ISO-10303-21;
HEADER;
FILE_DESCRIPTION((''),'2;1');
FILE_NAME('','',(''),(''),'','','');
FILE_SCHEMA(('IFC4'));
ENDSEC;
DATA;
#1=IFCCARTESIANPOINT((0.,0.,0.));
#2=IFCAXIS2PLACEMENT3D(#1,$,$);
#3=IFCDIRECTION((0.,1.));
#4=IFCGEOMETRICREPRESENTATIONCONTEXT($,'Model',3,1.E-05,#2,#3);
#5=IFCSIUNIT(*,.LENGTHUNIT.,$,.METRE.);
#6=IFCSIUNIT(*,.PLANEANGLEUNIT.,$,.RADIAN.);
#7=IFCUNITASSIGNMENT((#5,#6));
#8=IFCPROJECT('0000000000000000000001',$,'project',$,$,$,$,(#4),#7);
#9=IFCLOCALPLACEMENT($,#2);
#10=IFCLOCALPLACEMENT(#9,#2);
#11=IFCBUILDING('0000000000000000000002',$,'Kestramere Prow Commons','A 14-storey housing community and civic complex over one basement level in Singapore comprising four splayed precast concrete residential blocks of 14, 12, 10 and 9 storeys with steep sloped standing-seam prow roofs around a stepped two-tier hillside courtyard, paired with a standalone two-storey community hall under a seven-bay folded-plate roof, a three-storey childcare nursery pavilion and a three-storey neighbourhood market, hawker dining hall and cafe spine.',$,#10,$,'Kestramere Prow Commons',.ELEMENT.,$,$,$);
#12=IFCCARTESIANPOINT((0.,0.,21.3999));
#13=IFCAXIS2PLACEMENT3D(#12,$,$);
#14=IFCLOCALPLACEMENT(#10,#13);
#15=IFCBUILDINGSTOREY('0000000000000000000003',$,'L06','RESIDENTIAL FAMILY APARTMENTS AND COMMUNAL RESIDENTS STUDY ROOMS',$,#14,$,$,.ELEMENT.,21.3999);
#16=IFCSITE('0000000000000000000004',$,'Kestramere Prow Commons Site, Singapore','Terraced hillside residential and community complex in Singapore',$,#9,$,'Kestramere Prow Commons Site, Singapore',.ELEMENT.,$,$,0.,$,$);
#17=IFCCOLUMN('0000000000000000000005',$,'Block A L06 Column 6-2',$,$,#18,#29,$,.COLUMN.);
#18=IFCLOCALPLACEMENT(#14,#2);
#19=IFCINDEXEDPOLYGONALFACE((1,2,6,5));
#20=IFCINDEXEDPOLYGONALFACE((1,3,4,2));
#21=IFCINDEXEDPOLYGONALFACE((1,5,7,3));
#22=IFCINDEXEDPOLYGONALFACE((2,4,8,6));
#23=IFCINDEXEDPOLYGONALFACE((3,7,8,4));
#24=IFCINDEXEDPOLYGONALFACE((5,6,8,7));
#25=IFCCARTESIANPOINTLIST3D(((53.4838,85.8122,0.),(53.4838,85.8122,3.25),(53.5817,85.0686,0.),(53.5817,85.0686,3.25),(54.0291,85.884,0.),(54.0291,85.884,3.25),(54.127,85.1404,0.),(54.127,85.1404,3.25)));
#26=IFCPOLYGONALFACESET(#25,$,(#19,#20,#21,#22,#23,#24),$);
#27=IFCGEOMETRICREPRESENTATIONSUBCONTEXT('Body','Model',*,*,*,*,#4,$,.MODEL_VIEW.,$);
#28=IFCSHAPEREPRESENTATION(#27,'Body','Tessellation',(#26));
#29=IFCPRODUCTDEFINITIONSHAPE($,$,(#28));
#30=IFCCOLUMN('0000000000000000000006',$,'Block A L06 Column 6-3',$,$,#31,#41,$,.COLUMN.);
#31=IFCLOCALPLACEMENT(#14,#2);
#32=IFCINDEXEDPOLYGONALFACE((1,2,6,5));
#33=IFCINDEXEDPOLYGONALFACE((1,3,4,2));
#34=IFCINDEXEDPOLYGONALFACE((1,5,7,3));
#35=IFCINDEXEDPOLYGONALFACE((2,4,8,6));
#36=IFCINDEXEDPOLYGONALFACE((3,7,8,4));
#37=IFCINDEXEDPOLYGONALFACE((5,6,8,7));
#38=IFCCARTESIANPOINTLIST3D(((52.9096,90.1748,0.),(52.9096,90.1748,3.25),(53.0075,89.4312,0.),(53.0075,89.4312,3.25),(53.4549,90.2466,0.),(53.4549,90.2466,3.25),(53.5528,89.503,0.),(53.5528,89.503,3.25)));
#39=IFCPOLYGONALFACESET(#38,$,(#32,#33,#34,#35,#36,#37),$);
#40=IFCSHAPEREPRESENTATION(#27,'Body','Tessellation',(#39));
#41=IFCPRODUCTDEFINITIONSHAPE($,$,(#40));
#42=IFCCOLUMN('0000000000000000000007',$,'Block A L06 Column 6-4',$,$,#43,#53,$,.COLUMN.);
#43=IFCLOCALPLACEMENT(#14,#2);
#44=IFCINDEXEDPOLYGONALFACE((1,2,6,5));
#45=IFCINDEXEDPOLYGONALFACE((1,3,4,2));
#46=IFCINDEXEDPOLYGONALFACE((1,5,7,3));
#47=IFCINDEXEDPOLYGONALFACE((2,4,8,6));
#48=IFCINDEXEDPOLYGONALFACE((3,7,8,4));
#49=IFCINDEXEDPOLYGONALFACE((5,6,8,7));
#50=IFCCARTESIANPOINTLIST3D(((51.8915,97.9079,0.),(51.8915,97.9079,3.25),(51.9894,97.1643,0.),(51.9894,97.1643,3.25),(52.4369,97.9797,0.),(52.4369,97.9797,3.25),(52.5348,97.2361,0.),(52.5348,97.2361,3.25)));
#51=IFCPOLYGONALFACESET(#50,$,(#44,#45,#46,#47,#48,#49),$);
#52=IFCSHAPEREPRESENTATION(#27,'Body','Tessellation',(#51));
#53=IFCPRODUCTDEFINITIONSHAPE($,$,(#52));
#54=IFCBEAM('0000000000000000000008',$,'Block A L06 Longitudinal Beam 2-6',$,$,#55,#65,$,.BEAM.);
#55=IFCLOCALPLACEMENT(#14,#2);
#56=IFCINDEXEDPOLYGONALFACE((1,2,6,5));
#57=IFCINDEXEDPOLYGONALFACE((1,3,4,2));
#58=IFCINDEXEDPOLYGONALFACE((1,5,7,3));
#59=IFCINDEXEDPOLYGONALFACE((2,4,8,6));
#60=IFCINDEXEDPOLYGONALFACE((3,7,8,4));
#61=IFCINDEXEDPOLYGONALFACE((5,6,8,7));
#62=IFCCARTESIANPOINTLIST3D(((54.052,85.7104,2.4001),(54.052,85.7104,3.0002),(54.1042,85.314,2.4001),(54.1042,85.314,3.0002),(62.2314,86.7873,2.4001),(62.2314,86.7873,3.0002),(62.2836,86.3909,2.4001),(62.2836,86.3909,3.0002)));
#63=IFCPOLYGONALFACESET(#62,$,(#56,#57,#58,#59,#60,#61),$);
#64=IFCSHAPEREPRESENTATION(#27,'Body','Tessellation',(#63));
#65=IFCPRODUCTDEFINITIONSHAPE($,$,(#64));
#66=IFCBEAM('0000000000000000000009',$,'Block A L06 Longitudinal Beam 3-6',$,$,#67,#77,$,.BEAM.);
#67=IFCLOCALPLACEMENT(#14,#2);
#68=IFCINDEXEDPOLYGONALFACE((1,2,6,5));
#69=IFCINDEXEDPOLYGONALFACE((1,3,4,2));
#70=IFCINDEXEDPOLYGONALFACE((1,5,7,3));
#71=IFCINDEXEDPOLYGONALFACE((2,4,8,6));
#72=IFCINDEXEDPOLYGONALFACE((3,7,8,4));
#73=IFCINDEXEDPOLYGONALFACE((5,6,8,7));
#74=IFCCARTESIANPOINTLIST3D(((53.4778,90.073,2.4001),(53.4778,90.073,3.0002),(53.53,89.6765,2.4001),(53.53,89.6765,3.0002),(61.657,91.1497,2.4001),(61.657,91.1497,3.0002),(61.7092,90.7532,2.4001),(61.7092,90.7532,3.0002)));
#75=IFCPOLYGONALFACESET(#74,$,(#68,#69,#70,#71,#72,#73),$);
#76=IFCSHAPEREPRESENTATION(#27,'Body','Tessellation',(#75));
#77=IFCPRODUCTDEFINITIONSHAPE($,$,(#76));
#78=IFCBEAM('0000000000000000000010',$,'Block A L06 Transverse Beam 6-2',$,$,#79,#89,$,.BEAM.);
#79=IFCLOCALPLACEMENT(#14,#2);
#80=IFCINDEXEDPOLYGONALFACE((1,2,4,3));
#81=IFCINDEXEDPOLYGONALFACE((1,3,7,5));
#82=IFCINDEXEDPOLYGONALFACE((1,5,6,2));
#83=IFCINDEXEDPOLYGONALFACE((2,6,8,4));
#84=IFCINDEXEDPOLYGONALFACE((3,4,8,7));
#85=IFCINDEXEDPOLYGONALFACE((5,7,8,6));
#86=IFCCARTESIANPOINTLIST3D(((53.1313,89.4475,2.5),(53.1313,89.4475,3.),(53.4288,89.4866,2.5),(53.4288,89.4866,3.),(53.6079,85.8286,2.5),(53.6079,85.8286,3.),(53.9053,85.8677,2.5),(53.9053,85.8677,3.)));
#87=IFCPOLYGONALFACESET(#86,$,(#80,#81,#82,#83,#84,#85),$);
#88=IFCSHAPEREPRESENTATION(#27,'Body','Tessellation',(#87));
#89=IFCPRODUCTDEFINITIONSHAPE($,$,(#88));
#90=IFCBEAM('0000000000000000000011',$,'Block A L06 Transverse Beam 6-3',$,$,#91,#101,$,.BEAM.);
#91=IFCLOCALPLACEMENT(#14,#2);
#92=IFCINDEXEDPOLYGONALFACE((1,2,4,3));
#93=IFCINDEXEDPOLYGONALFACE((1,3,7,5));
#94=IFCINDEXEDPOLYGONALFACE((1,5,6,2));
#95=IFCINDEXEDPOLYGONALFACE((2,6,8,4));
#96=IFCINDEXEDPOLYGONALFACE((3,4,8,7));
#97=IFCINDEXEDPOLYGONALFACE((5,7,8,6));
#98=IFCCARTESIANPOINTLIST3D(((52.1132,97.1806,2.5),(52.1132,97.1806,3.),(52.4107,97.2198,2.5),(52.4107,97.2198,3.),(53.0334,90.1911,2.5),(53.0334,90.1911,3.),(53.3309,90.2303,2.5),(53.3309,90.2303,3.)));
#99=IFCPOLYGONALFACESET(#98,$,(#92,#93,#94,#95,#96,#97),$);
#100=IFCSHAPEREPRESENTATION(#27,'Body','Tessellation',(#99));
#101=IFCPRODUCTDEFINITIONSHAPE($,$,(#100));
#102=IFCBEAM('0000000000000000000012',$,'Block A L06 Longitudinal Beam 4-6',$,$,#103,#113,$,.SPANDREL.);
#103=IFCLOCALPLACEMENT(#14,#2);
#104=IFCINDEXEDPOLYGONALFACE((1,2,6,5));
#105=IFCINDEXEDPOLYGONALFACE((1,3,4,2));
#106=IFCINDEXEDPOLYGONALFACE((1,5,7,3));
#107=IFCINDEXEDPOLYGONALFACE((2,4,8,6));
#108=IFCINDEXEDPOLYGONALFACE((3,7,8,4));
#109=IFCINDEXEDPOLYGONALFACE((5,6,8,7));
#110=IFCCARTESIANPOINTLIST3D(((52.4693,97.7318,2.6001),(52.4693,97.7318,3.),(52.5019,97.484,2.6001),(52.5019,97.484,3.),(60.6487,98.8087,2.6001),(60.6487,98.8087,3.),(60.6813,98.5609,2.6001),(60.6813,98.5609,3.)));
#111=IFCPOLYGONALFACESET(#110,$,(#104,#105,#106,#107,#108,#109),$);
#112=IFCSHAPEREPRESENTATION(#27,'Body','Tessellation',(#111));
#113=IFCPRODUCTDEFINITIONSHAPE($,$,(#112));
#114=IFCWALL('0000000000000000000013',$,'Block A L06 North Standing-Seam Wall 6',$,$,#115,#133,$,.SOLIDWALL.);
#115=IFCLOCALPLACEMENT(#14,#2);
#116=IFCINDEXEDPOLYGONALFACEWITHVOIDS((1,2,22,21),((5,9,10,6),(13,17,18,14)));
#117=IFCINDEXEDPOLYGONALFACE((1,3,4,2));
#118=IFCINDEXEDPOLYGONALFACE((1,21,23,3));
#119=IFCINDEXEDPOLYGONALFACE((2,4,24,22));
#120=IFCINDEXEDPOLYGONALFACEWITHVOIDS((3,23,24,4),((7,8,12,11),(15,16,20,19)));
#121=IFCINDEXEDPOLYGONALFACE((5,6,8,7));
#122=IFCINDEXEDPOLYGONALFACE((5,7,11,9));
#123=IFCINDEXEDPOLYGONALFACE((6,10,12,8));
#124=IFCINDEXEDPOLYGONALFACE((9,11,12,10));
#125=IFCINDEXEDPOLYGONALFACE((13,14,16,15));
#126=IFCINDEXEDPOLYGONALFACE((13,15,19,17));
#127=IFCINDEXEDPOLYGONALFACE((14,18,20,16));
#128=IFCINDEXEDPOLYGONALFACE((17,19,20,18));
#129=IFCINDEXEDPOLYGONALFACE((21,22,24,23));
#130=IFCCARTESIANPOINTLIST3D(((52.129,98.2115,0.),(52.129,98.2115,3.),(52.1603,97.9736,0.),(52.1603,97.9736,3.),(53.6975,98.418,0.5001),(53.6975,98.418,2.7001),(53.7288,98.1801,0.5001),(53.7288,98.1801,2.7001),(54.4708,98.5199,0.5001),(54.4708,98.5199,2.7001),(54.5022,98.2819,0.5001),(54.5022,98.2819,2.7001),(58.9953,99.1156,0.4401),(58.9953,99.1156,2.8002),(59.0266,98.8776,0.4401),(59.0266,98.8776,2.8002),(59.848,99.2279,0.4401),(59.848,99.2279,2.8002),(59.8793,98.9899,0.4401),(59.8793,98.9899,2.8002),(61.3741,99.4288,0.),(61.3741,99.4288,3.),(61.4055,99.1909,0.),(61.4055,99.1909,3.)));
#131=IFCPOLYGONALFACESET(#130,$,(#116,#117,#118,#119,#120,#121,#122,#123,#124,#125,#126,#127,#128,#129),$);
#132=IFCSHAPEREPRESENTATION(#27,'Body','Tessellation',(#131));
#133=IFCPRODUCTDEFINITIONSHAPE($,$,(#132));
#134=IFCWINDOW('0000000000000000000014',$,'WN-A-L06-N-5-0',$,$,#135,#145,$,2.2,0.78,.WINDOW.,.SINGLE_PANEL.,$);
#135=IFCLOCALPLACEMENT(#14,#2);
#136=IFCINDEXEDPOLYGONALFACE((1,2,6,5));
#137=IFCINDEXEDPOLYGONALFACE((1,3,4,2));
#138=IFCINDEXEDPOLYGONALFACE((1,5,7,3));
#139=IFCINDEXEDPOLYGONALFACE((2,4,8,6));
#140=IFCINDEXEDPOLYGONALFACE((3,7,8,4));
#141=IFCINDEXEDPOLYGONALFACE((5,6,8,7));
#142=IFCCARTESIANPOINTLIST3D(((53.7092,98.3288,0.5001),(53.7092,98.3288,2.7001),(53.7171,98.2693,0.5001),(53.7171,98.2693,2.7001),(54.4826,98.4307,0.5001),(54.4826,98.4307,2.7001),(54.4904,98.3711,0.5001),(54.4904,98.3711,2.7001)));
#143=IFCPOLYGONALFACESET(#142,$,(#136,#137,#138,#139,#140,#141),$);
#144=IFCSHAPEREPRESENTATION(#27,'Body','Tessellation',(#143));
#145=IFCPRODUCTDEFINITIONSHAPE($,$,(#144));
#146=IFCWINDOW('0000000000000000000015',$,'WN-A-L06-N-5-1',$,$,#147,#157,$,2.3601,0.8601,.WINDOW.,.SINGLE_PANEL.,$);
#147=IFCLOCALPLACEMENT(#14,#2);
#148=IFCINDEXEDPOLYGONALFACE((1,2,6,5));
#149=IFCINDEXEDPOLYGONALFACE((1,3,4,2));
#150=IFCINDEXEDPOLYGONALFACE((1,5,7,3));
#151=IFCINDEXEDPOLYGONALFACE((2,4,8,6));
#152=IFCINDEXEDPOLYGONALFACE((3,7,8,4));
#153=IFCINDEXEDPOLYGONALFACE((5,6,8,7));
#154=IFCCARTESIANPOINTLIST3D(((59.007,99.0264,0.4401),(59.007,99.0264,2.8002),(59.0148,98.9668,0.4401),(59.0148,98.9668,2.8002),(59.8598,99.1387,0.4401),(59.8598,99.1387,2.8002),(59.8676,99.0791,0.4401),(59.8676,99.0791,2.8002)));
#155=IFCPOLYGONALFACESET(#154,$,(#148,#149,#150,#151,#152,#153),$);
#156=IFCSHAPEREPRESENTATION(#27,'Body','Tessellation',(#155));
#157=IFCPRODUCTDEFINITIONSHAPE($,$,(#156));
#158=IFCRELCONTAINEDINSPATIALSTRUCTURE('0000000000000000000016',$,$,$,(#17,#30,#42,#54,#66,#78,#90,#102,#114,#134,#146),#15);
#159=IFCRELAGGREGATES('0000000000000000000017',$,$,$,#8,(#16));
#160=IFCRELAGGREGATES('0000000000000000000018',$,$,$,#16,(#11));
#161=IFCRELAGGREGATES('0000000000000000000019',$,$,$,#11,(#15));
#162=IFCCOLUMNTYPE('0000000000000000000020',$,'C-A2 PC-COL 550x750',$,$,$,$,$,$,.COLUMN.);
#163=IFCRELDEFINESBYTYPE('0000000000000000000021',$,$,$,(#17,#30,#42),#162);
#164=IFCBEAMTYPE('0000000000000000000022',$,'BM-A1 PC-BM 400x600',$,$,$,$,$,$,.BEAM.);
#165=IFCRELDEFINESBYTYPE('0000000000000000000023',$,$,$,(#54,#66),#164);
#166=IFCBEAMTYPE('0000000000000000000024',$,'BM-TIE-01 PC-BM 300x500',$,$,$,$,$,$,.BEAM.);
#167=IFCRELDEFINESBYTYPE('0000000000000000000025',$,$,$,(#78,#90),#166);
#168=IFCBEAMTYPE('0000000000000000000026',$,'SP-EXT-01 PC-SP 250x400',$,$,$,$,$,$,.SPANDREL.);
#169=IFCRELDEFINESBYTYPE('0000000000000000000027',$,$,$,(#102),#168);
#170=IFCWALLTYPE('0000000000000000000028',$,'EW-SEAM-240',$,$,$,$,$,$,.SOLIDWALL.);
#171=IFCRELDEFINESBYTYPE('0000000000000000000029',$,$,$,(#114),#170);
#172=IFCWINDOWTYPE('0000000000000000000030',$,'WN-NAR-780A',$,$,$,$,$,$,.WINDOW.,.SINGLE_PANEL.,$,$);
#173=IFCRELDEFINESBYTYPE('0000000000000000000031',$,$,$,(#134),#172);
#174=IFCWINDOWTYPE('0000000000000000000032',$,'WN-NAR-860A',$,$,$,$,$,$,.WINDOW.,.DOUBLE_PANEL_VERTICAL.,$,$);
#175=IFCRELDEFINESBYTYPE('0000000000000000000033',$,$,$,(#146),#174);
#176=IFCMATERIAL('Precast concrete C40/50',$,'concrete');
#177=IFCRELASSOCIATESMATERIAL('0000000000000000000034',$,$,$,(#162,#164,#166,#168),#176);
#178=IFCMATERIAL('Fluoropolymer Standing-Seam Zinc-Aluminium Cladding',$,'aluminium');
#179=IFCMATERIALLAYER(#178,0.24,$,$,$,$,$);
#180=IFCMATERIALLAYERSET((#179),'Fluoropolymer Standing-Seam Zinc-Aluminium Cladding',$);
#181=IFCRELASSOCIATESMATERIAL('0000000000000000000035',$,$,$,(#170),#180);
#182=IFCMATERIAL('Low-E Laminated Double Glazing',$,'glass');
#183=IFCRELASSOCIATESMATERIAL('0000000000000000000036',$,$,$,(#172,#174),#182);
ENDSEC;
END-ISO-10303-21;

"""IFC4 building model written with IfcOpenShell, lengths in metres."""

from ifc_helpers import new_model, si_unit, direction, frame, frame_2d, origin, origin_2d, place, context, subcontext, project, spatial, rectangle, extrude, material, layer, layer_set, material_profile, profile_set, type_object, element, fill, save


model = new_model("IFC4")

# Units and contexts
model_context = context("Model", 3, precision=1e-05, world=origin(), true_north=direction((0.0, 1.0)))
body_context = subcontext(model_context, "Body", "Model", "MODEL_VIEW")
ifc_project = project(units=[si_unit("LENGTHUNIT", "METRE"), si_unit("PLANEANGLEUNIT", "RADIAN")], contexts=[model_context])

# Site, building, storey
site_placement = place(None, origin())
site = spatial("IfcSite", under=ifc_project, at=site_placement, Name="Kestramere Prow Commons Site, Singapore", Description="Terraced hillside residential and community complex in Singapore", LongName="Kestramere Prow Commons Site, Singapore", CompositionType="ELEMENT", RefElevation=0.0)
building_placement = place(site_placement, origin())
building = spatial("IfcBuilding", under=site, at=building_placement, Name="Kestramere Prow Commons", Description="A 14-storey housing community and civic complex over one basement level in Singapore comprising four splayed precast concrete residential blocks of 14, 12, 10 and 9 storeys with steep sloped standing-seam prow roofs around a stepped two-tier hillside courtyard, paired with a standalone two-storey community hall under a seven-bay folded-plate roof, a three-storey childcare nursery pavilion and a three-storey neighbourhood market, hawker dining hall and cafe spine.", LongName="Kestramere Prow Commons", CompositionType="ELEMENT")
storey_placement = place(building_placement, frame((0.0, 0.0, 21.3999)))
storey = spatial("IfcBuildingStorey", under=building, at=storey_placement, Name="L06", Description="RESIDENTIAL FAMILY APARTMENTS AND COMMUNAL RESIDENTS STUDY ROOMS", CompositionType="ELEMENT", Elevation=21.3999)

# Columns
ifc_material_1 = material(Name="Precast concrete C40/50", Category="concrete")
ifc_material_profile_1 = material_profile(ifc_material_1, rectangle(XDim=0.55, YDim=0.75, at=origin_2d()), Name="PC-COL 550x750")
ifc_profile_set_1 = profile_set([ifc_material_profile_1], Name="Precast concrete C40/50")
column_type = type_object("IfcColumnType", Name="C-A2 PC-COL 550x750", PredefinedType="COLUMN", material=ifc_profile_set_1)
for number, where, z_axis, x_axis, name in (
    (1, (53.8054, 85.4763, 0.0), (0.0, 0.0, 1.0), (0.991445, 0.130526, 0.0), "Block A L06 Column 6-2"),
    (2, (53.2312, 89.8389, 0.0), (0.0, 0.0, 1.0), (0.991445, 0.130526, 0.0), "Block A L06 Column 6-3"),
    (3, (52.2131, 97.572, 0.0), (0.0, 0.0, 1.0), (0.991445, 0.130526, 0.0), "Block A L06 Column 6-4"),
):
    element("IfcColumn", number, at=place(storey_placement, frame(where, z_axis=z_axis, x_axis=x_axis)), inside=storey, type_object=column_type, Name=name, PredefinedType="COLUMN", context=body_context, shape_type="SweptSolid", body=[
        extrude(rectangle(XDim=0.55, YDim=0.75, at=origin_2d()), origin(), (0.0, 0.0, 1.0), 3.25),
    ])

# Beams
ifc_material_profile_2 = material_profile(ifc_material_1, rectangle(XDim=0.3999, YDim=0.6001, at=origin_2d()), Name="PC-BM 400x600")
ifc_profile_set_2 = profile_set([ifc_material_profile_2], Name="Precast concrete C40/50")
beam_type_1 = type_object("IfcBeamType", Name="BM-A1 PC-BM 400x600", PredefinedType="BEAM", material=ifc_profile_set_2)
beam_1_placement = place(storey_placement, frame((54.0781, 85.5122, 2.7002), z_axis=(0.991444, 0.130533, 0.0), x_axis=(-0.130533, 0.991444, 0.0)))
element("IfcBeam", 4, at=beam_1_placement, inside=storey, type_object=beam_type_1, Name="Block A L06 Longitudinal Beam 2-6", PredefinedType="BEAM", context=body_context, shape_type="SweptSolid", body=[
    extrude(rectangle(XDim=0.3999, YDim=0.6001, at=origin_2d()), origin(), (0.0, 0.0, 1.0), 8.25),
])
beam_2_placement = place(storey_placement, frame((53.5039, 89.8748, 2.7002), z_axis=(0.991447, 0.130508, 0.0), x_axis=(-0.130508, 0.991447, 0.0)))
element("IfcBeam", 5, at=beam_2_placement, inside=storey, type_object=beam_type_1, Name="Block A L06 Longitudinal Beam 3-6", PredefinedType="BEAM", context=body_context, shape_type="SweptSolid", body=[
    extrude(rectangle(XDim=0.3999, YDim=0.6001, at=origin_2d()), origin(), (0.0, 0.0, 1.0), 8.2498),
])
ifc_material_profile_3 = material_profile(ifc_material_1, rectangle(XDim=0.3, YDim=0.5, at=origin_2d()), Name="PC-BM 300x500")
ifc_profile_set_3 = profile_set([ifc_material_profile_3], Name="Precast concrete C40/50")
beam_type_2 = type_object("IfcBeamType", Name="BM-TIE-01 PC-BM 300x500", PredefinedType="BEAM", material=ifc_profile_set_3)
beam_3_placement = place(storey_placement, frame((53.7566, 85.8481, 2.75), z_axis=(-0.13056, 0.99144, 0.0), x_axis=(-0.99144, -0.13056, 0.0)))
element("IfcBeam", 6, at=beam_3_placement, inside=storey, type_object=beam_type_2, Name="Block A L06 Transverse Beam 6-2", PredefinedType="BEAM", context=body_context, shape_type="SweptSolid", body=[
    extrude(rectangle(XDim=0.3, YDim=0.5, at=origin_2d()), origin(), (0.0, 0.0, 1.0), 3.6501),
])
beam_4_placement = place(storey_placement, frame((53.1821, 90.2107, 2.75), z_axis=(-0.130523, 0.991445, 0.0), x_axis=(-0.991445, -0.130523, 0.0)))
element("IfcBeam", 7, at=beam_4_placement, inside=storey, type_object=beam_type_2, Name="Block A L06 Transverse Beam 6-3", PredefinedType="BEAM", context=body_context, shape_type="SweptSolid", body=[
    extrude(rectangle(XDim=0.3, YDim=0.5, at=origin_2d()), origin(), (0.0, 0.0, 1.0), 7.0498),
])
ifc_material_profile_4 = material_profile(ifc_material_1, rectangle(XDim=0.25, YDim=0.3999, at=origin_2d()), Name="PC-SP 250x400")
ifc_profile_set_4 = profile_set([ifc_material_profile_4], Name="Precast concrete C40/50")
beam_type_3 = type_object("IfcBeamType", Name="SP-EXT-01 PC-SP 250x400", PredefinedType="SPANDREL", material=ifc_profile_set_4)
beam_5_placement = place(storey_placement, frame((52.4856, 97.6079, 2.8), z_axis=(0.991444, 0.130533, 0.0), x_axis=(-0.130533, 0.991444, 0.0)))
element("IfcBeam", 8, at=beam_5_placement, inside=storey, type_object=beam_type_3, Name="Block A L06 Longitudinal Beam 4-6", PredefinedType="SPANDREL", context=body_context, shape_type="SweptSolid", body=[
    extrude(rectangle(XDim=0.25, YDim=0.3999, at=origin_2d()), origin(), (0.0, 0.0, 1.0), 8.25),
])

# Wall, openings, windows
ifc_material_2 = material(Name="Fluoropolymer Standing-Seam Zinc-Aluminium Cladding", Category="aluminium")
ifc_layer_1 = layer(ifc_material_2, 0.24)
ifc_layer_set_1 = layer_set([ifc_layer_1], Name="Fluoropolymer Standing-Seam Zinc-Aluminium Cladding")
wall_type_1 = type_object("IfcWallType", Name="EW-SEAM-240", PredefinedType="SOLIDWALL", material=ifc_layer_set_1)
wall_1_placement = place(storey_placement, frame((52.1445, 98.0925, 0.0), z_axis=(0.0, 0.0, 1.0), x_axis=(0.991443, 0.130541, 0.0)))
wall_1 = element("IfcWall", 9, at=wall_1_placement, inside=storey, type_object=wall_type_1, Name="Block A L06 North Standing-Seam Wall 6", PredefinedType="SOLIDWALL", context=body_context, shape_type="SweptSolid", body=[
    extrude(rectangle(XDim=9.325, YDim=0.24, at=frame_2d((4.6626, 0.0))), origin(), (0.0, 0.0, 1.0), 3.0),
])
opening_1_placement = place(wall_1_placement, frame((1.582, 0.0, 0.5)))
opening_1 = element("IfcOpeningElement", 10, at=opening_1_placement, cuts=wall_1, PredefinedType="OPENING", context=body_context, shape_type="SweptSolid", body=[
    extrude(rectangle(XDim=0.78, YDim=2.2, at=frame_2d((0.3901, 1.1001))), frame((0.0, 0.135, 0.0), z_axis=(0.0, -1.0, 0.0), x_axis=(1.0, 0.0, 0.0)), (0.0, 0.0, 1.0), 0.27),
])
opening_2_placement = place(wall_1_placement, frame((6.9255, 0.0, 0.4399)))
opening_2 = element("IfcOpeningElement", 11, at=opening_2_placement, cuts=wall_1, PredefinedType="OPENING", context=body_context, shape_type="SweptSolid", body=[
    extrude(rectangle(XDim=0.8601, YDim=2.3601, at=frame_2d((0.4302, 1.1802))), frame((0.0, 0.135, 0.0), z_axis=(0.0, -1.0, 0.0), x_axis=(1.0, 0.0, 0.0)), (0.0, 0.0, 1.0), 0.27),
])
ifc_material_3 = material(Name="Low-E Laminated Double Glazing", Category="glass")
window_type_1 = type_object("IfcWindowType", Name="WN-NAR-780A", PartitioningType="SINGLE_PANEL", PredefinedType="WINDOW", material=ifc_material_3)
window_1_placement = place(opening_1_placement, origin())
window_1 = element("IfcWindow", 12, at=window_1_placement, inside=storey, type_object=window_type_1, Name="WN-A-L06-N-5-0", OverallHeight=2.2, OverallWidth=0.78, PartitioningType="SINGLE_PANEL", PredefinedType="WINDOW", context=body_context, shape_type="SweptSolid", body=[
    extrude(rectangle(XDim=0.78, YDim=2.2, at=frame_2d((0.3901, 1.1001))), frame((0.0, 0.03, 0.0), z_axis=(0.0, -1.0, 0.0), x_axis=(1.0, 0.0, 0.0)), (0.0, 0.0, 1.0), 0.0601),
])
fill(opening_1, window_1)
window_type_2 = type_object("IfcWindowType", Name="WN-NAR-860A", PartitioningType="DOUBLE_PANEL_VERTICAL", PredefinedType="WINDOW", material=ifc_material_3)
window_2_placement = place(opening_2_placement, origin())
window_2 = element("IfcWindow", 13, at=window_2_placement, inside=storey, type_object=window_type_2, Name="WN-A-L06-N-5-1", OverallHeight=2.3601, OverallWidth=0.8601, PartitioningType="SINGLE_PANEL", PredefinedType="WINDOW", context=body_context, shape_type="SweptSolid", body=[
    extrude(rectangle(XDim=0.8601, YDim=2.3601, at=frame_2d((0.4302, 1.1802))), frame((0.0, 0.03, 0.0), z_axis=(0.0, -1.0, 0.0), x_axis=(1.0, 0.0, 0.0)), (0.0, 0.0, 1.0), 0.0601),
])
fill(opening_2, window_2)

save(model, "model.ifc")
